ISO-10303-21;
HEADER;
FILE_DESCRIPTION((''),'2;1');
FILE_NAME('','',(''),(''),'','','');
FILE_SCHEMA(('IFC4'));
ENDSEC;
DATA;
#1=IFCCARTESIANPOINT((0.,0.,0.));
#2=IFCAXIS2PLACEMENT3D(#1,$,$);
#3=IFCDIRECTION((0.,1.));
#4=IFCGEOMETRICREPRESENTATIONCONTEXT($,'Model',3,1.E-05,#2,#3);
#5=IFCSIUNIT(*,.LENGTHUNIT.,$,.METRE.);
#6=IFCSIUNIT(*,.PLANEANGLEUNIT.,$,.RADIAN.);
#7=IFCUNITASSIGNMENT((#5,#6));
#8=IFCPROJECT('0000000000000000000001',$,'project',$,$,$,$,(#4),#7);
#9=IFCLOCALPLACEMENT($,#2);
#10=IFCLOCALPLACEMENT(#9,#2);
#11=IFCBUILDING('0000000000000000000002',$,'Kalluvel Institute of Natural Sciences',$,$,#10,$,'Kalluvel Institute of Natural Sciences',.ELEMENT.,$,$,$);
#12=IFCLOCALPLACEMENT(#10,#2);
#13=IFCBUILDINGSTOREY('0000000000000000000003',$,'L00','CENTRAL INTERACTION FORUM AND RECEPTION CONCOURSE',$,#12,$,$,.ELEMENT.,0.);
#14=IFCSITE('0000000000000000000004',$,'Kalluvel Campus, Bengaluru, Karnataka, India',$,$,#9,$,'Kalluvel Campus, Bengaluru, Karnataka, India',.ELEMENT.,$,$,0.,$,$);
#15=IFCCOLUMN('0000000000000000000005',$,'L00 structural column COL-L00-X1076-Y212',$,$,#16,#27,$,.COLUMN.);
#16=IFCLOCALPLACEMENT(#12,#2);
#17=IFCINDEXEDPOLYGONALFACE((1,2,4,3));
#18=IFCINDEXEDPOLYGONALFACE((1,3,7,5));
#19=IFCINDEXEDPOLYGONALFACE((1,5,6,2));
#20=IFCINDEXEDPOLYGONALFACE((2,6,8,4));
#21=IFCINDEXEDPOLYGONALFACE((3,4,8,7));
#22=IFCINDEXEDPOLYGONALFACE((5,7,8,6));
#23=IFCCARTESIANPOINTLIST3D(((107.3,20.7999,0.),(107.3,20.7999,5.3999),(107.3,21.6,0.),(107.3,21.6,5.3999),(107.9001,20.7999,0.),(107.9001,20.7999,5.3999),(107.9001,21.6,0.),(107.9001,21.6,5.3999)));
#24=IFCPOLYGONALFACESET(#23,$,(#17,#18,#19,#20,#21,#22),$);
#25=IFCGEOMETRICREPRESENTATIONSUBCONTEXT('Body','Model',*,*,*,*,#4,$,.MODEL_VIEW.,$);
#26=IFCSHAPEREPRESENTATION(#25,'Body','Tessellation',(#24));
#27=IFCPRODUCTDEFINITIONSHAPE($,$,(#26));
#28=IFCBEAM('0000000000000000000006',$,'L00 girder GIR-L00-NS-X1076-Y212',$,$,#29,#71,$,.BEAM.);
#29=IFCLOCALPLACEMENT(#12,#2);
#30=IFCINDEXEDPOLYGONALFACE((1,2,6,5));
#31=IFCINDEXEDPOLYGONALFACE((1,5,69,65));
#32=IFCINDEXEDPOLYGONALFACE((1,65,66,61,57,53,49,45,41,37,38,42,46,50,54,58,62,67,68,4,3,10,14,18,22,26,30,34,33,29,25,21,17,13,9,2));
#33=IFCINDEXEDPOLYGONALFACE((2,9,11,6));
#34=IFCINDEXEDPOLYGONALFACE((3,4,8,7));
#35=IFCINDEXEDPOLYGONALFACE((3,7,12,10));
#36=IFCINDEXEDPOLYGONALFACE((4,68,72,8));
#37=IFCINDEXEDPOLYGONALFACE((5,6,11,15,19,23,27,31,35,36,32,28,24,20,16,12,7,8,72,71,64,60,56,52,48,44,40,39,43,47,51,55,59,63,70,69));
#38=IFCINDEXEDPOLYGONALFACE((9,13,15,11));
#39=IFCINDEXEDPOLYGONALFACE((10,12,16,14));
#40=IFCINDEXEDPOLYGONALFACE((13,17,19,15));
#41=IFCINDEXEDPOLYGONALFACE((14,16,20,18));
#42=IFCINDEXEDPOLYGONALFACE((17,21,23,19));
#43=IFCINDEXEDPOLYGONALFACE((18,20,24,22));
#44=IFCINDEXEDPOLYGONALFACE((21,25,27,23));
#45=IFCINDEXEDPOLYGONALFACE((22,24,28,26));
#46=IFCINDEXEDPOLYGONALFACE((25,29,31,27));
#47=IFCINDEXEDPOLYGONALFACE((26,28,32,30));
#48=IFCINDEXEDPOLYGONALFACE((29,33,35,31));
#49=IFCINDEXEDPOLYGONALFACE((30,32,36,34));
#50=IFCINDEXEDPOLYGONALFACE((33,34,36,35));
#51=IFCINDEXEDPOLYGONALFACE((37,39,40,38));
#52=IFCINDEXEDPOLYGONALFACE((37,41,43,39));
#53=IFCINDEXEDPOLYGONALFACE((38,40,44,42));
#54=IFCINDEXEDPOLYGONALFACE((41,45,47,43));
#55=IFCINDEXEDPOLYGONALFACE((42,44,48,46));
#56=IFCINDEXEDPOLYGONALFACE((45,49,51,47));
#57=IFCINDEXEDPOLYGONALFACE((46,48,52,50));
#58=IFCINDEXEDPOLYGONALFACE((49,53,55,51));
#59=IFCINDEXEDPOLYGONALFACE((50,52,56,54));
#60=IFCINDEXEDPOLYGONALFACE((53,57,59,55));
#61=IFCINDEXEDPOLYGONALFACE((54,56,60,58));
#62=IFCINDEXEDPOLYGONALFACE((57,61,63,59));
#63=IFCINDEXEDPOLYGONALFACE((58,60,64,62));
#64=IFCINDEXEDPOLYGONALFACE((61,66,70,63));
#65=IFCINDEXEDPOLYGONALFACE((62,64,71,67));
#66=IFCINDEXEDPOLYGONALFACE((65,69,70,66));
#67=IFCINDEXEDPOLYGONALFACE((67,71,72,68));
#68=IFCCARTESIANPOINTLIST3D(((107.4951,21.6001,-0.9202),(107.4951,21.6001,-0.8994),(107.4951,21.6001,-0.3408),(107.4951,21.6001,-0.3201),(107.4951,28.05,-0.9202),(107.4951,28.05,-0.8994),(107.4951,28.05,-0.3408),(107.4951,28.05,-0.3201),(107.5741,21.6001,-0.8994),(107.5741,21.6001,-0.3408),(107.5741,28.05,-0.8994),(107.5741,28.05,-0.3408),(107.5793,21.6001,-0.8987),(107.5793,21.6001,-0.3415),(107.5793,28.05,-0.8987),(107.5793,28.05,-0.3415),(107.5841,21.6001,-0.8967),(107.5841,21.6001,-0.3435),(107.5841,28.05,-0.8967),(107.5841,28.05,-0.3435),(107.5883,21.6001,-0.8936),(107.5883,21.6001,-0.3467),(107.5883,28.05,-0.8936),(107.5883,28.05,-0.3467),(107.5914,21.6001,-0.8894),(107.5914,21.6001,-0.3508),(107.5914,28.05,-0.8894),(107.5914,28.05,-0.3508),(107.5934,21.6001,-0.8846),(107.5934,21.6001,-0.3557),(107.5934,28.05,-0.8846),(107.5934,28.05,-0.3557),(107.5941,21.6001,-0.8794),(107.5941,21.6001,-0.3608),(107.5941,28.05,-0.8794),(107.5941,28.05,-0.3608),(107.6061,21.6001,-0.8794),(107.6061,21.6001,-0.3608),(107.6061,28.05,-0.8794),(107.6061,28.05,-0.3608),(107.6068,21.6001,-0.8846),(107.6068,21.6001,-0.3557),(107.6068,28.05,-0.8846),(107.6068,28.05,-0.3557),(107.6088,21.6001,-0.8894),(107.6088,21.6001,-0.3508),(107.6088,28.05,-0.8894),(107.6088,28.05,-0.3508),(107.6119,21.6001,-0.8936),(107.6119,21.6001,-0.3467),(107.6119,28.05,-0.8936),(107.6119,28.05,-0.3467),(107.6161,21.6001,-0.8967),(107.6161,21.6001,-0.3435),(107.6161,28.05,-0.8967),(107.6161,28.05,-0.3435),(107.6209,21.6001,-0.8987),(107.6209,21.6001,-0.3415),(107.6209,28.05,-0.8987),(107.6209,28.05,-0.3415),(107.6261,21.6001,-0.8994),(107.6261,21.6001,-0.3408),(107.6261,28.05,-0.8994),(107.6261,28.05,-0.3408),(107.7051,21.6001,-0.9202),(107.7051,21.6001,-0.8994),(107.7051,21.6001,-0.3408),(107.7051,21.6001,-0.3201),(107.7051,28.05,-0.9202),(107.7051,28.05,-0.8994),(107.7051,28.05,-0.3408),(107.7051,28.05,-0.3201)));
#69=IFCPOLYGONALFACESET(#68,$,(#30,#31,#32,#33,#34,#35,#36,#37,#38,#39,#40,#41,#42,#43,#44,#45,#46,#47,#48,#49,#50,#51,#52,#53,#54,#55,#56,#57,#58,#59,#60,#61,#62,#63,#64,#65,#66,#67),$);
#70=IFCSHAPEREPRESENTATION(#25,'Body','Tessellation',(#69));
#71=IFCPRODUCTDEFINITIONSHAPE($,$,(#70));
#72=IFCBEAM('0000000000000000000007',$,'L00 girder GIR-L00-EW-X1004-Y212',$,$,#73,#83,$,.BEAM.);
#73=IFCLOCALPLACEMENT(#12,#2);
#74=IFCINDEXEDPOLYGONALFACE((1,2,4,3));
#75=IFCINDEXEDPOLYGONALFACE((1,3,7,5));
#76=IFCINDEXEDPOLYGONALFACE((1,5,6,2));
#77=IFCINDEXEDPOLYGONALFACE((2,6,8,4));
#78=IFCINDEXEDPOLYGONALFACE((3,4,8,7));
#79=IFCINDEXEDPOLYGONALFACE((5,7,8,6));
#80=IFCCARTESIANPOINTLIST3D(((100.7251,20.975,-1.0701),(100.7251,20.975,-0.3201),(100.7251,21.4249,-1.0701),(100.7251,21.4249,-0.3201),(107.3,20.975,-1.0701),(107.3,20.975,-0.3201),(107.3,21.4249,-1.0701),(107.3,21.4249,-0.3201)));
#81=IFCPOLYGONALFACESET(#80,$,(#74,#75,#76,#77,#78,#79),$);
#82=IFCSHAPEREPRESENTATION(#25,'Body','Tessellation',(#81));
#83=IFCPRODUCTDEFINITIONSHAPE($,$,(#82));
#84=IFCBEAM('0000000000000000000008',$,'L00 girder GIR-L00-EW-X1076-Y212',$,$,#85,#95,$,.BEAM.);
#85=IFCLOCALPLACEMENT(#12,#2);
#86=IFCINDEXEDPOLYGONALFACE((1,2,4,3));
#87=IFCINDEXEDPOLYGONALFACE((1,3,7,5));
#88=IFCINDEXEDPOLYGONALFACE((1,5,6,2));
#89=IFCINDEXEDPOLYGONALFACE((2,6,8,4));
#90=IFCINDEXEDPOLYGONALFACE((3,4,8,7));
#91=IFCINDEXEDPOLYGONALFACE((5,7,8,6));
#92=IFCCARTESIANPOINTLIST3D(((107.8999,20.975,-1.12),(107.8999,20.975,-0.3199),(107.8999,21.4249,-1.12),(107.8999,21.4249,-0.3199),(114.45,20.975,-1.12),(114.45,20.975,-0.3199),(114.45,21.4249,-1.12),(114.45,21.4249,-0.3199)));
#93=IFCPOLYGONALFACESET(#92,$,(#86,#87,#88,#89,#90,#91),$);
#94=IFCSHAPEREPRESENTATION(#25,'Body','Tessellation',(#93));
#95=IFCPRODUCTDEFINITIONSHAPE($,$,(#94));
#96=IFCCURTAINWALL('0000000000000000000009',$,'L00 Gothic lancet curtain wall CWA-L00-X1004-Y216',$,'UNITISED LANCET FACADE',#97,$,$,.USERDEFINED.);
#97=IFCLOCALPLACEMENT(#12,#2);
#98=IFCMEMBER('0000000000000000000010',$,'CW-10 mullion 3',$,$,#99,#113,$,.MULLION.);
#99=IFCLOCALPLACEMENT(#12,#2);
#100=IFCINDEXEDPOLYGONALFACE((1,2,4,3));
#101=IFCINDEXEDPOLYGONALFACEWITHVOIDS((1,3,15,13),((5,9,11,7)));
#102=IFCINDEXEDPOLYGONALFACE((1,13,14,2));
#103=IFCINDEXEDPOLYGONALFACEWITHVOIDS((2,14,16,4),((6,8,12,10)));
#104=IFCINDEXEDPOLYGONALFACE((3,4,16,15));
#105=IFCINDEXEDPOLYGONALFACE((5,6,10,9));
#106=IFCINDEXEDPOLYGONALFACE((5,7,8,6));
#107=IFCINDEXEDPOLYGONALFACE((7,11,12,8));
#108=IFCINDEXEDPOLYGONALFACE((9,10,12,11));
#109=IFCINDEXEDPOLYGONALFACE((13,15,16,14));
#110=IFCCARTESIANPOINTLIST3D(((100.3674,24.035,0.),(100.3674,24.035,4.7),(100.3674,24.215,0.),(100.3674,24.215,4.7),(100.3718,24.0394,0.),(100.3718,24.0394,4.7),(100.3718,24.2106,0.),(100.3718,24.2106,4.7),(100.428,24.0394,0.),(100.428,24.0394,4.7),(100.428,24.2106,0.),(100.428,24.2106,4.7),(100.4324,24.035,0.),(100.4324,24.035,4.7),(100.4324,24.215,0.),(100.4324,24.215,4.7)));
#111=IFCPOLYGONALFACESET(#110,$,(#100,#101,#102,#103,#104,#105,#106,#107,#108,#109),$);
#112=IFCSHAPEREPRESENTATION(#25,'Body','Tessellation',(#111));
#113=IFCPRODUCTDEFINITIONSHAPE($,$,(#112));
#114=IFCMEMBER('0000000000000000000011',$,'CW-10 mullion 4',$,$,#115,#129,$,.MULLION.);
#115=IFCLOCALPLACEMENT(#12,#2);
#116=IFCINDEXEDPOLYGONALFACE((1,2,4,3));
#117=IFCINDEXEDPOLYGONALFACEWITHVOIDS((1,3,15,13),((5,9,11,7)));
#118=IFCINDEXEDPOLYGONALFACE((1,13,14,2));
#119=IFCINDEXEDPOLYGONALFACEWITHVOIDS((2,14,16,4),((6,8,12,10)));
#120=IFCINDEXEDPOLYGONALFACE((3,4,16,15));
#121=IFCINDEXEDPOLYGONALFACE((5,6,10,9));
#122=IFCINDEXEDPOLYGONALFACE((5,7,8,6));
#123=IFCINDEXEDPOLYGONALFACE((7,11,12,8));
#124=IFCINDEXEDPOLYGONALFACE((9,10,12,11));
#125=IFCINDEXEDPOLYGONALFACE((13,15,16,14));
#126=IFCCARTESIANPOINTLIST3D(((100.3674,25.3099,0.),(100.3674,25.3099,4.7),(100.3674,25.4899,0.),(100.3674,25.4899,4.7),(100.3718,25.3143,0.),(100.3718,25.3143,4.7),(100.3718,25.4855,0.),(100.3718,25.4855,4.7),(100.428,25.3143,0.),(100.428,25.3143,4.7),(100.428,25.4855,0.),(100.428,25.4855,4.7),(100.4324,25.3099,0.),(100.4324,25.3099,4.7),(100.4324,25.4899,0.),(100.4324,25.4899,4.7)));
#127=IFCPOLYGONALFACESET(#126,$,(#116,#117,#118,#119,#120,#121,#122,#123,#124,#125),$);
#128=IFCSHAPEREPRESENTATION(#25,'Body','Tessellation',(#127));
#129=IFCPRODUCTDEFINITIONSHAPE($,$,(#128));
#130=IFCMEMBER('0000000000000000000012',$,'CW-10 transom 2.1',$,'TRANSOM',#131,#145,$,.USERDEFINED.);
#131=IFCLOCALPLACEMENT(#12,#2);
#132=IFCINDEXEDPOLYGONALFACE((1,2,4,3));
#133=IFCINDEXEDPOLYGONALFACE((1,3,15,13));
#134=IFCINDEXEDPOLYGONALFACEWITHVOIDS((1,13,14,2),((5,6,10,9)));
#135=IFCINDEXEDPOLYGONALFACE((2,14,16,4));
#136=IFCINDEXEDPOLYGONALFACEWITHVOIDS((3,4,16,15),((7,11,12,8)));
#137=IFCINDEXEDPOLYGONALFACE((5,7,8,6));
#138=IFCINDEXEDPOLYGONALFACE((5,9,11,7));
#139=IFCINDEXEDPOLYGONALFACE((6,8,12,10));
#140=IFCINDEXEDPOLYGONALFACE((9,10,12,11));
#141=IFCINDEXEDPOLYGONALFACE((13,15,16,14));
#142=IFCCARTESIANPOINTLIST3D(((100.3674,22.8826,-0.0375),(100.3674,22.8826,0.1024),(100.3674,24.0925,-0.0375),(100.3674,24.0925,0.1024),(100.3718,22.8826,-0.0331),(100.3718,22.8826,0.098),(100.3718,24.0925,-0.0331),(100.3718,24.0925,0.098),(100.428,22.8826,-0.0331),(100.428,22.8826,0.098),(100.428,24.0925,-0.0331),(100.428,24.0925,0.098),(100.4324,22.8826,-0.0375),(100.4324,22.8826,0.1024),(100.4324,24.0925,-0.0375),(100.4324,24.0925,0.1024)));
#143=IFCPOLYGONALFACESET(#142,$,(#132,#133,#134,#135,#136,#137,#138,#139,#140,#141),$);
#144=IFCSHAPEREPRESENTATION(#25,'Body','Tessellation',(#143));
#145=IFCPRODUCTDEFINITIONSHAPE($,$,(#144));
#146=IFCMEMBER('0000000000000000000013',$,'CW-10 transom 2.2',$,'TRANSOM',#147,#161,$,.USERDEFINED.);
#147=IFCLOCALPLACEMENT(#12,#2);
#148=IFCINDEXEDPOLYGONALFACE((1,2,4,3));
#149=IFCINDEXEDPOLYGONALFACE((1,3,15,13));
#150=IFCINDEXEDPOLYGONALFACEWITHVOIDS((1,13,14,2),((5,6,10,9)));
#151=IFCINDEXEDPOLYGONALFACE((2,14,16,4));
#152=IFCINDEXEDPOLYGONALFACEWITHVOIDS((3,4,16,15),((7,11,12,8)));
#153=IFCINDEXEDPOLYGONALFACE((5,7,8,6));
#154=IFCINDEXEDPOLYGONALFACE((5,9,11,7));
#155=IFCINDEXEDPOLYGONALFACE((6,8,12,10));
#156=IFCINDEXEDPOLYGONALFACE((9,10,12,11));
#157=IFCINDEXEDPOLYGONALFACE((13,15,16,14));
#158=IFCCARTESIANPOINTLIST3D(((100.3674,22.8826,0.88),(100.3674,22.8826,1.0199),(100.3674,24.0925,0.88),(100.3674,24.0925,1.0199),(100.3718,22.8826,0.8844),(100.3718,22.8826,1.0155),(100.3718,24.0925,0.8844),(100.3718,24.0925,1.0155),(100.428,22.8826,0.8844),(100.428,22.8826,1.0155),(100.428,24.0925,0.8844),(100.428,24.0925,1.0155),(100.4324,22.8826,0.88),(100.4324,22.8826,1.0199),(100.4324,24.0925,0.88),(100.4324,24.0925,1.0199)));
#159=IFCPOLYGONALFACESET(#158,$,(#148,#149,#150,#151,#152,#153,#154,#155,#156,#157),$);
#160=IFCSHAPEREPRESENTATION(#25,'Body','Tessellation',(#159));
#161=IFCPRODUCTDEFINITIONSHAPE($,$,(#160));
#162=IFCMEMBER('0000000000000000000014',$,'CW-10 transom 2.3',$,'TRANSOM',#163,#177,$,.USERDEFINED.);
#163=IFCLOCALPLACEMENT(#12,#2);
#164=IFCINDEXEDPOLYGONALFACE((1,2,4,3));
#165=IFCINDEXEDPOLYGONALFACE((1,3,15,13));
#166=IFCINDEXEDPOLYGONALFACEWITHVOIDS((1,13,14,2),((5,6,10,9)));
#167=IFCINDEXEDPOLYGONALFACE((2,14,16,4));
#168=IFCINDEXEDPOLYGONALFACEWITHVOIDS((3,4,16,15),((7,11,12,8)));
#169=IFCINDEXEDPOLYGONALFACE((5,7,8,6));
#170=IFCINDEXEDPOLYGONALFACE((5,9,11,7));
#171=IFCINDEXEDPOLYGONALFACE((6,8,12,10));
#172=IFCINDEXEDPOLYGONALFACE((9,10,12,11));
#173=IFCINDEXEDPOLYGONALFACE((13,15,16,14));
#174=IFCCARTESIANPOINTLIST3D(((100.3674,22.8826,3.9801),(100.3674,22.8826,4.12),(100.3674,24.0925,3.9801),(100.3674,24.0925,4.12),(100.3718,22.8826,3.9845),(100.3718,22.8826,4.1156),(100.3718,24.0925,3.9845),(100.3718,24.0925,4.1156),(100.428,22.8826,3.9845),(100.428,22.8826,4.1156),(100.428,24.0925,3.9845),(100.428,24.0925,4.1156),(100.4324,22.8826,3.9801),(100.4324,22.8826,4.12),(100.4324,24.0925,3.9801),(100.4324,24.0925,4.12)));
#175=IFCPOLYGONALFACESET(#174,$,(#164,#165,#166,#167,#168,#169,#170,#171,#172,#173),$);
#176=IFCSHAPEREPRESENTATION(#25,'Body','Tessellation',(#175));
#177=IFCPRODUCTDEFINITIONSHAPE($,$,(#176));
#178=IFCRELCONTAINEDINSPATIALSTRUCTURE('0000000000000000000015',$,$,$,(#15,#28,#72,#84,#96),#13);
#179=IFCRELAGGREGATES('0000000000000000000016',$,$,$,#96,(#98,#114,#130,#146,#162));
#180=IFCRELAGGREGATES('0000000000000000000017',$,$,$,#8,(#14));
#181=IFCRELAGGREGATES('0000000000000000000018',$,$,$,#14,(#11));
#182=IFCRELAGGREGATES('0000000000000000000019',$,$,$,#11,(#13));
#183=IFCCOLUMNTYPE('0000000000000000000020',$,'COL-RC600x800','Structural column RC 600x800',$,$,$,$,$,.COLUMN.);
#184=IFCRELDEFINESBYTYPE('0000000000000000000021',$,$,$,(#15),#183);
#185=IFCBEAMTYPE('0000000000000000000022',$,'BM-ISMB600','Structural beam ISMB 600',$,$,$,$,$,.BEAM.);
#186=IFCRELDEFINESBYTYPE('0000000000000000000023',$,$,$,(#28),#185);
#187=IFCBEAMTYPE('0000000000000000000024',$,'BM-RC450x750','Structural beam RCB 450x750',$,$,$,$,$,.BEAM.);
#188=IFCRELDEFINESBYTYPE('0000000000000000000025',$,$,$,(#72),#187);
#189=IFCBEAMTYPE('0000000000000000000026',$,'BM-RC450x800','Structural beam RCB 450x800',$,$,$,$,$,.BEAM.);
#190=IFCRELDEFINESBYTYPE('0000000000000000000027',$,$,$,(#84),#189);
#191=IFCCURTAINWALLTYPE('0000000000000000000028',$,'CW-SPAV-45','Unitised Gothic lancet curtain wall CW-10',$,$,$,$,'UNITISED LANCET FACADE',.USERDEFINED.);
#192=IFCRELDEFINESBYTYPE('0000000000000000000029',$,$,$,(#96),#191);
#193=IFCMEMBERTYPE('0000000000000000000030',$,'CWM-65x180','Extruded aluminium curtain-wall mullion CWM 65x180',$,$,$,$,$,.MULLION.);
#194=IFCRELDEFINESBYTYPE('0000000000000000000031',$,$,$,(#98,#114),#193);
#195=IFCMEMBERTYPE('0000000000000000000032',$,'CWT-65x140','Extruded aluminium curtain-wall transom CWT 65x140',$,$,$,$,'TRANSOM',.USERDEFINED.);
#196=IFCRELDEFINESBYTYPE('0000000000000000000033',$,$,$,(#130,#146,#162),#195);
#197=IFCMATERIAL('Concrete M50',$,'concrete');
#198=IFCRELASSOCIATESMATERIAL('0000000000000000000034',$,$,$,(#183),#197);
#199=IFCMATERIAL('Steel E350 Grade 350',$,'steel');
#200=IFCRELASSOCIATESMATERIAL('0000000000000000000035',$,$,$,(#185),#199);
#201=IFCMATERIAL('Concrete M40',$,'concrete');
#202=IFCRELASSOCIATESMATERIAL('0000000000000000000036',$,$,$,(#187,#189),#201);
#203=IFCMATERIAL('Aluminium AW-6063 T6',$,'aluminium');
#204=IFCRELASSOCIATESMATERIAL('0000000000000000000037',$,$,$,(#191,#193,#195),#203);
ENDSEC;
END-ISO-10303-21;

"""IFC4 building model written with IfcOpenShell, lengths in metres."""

from ifc_helpers import new_model, si_unit, direction, frame, origin, origin_2d, place, context, subcontext, project, spatial, rectangle, hollow_rectangle, i_section, extrude, material, material_profile, profile_set, type_object, element, aggregate, save


model = new_model("IFC4")

# Units and contexts
model_context = context("Model", 3, precision=1e-05, world=origin(), true_north=direction((0.0, 1.0)))
body_context = subcontext(model_context, "Body", "Model", "MODEL_VIEW")
ifc_project = project(units=[si_unit("LENGTHUNIT", "METRE"), si_unit("PLANEANGLEUNIT", "RADIAN")], contexts=[model_context])

# Site, building, storey
site_placement = place(None, origin())
site = spatial("IfcSite", under=ifc_project, at=site_placement, Name="Kalluvel Campus, Bengaluru, Karnataka, India", LongName="Kalluvel Campus, Bengaluru, Karnataka, India", CompositionType="ELEMENT", RefElevation=0.0)
building_placement = place(site_placement, origin())
building = spatial("IfcBuilding", under=site, at=building_placement, Name="Kalluvel Institute of Natural Sciences", LongName="Kalluvel Institute of Natural Sciences", CompositionType="ELEMENT")
storey_placement = place(building_placement, origin())
storey = spatial("IfcBuildingStorey", under=building, at=storey_placement, Name="L00", Description="CENTRAL INTERACTION FORUM AND RECEPTION CONCOURSE", CompositionType="ELEMENT", Elevation=0.0)

# Column
ifc_material_1 = material(Name="Concrete M50", Category="concrete")
ifc_material_profile_1 = material_profile(ifc_material_1, rectangle(XDim=0.6001, YDim=0.8, at=origin_2d()), Name="RC 600x800")
ifc_profile_set_1 = profile_set([ifc_material_profile_1], Name="Concrete M50")
column_type = type_object("IfcColumnType", Name="COL-RC600x800", Description="Structural column RC 600x800", PredefinedType="COLUMN", material=ifc_profile_set_1)
column_placement = place(storey_placement, frame((107.6001, 21.2, 0.0), z_axis=(0.0, 0.0, 1.0), x_axis=(1.0, 0.0, 0.0)))
element("IfcColumn", 1, at=column_placement, inside=storey, type_object=column_type, Name="L00 structural column COL-L00-X1076-Y212", PredefinedType="COLUMN", context=body_context, shape_type="SweptSolid", body=[
    extrude(rectangle(XDim=0.6001, YDim=0.8, at=origin_2d()), origin(), (0.0, 0.0, 1.0), 5.3999),
])

# Beams
ifc_material_2 = material(Name="Steel E350 Grade 350", Category="steel")
ifc_material_profile_2 = material_profile(ifc_material_2, i_section(OverallWidth=0.21, OverallDepth=0.6001, WebThickness=0.012, FlangeThickness=0.0208, FilletRadius=0.02, at=origin_2d()), Name="ISMB 600")
ifc_profile_set_2 = profile_set([ifc_material_profile_2], Name="Steel E350 Grade 350")
beam_type_1 = type_object("IfcBeamType", Name="BM-ISMB600", Description="Structural beam ISMB 600", PredefinedType="BEAM", material=ifc_profile_set_2)
beam_1_placement = place(storey_placement, frame((107.6001, 21.6001, -0.6201), z_axis=(0.0, 1.0, 0.0), x_axis=(-1.0, 0.0, 0.0)))
element("IfcBeam", 2, at=beam_1_placement, inside=storey, type_object=beam_type_1, Name="L00 girder GIR-L00-NS-X1076-Y212", PredefinedType="BEAM", context=body_context, shape_type="SweptSolid", body=[
    extrude(i_section(OverallWidth=0.21, OverallDepth=0.6001, WebThickness=0.012, FlangeThickness=0.0208, FilletRadius=0.02, at=origin_2d()), origin(), (0.0, 0.0, 1.0), 6.45),
])
ifc_material_3 = material(Name="Concrete M40", Category="concrete")
ifc_material_profile_3 = material_profile(ifc_material_3, rectangle(XDim=0.45, YDim=0.75, at=origin_2d()), Name="RCB 450x750")
ifc_profile_set_3 = profile_set([ifc_material_profile_3], Name="Concrete M40")
beam_type_2 = type_object("IfcBeamType", Name="BM-RC450x750", Description="Structural beam RCB 450x750", PredefinedType="BEAM", material=ifc_profile_set_3)
beam_2_placement = place(storey_placement, frame((100.7251, 21.2, -0.6951), z_axis=(1.0, 0.0, 0.0), x_axis=(0.0, 1.0, 0.0)))
element("IfcBeam", 3, at=beam_2_placement, inside=storey, type_object=beam_type_2, Name="L00 girder GIR-L00-EW-X1004-Y212", PredefinedType="BEAM", context=body_context, shape_type="SweptSolid", body=[
    extrude(rectangle(XDim=0.45, YDim=0.75, at=origin_2d()), origin(), (0.0, 0.0, 1.0), 6.575),
])
ifc_material_profile_4 = material_profile(ifc_material_3, rectangle(XDim=0.45, YDim=0.8, at=origin_2d()), Name="RCB 450x800")
ifc_profile_set_4 = profile_set([ifc_material_profile_4], Name="Concrete M40")
beam_type_3 = type_object("IfcBeamType", Name="BM-RC450x800", Description="Structural beam RCB 450x800", PredefinedType="BEAM", material=ifc_profile_set_4)
beam_3_placement = place(storey_placement, frame((107.8999, 21.2, -0.72), z_axis=(1.0, 0.0, 0.0), x_axis=(0.0, 1.0, 0.0)))
element("IfcBeam", 4, at=beam_3_placement, inside=storey, type_object=beam_type_3, Name="L00 girder GIR-L00-EW-X1076-Y212", PredefinedType="BEAM", context=body_context, shape_type="SweptSolid", body=[
    extrude(rectangle(XDim=0.45, YDim=0.8, at=origin_2d()), origin(), (0.0, 0.0, 1.0), 6.55),
])

# Curtain wall, members
ifc_material_4 = material(Name="Aluminium AW-6063 T6", Category="aluminium")
curtain_wall_type = type_object("IfcCurtainWallType", Name="CW-SPAV-45", Description="Unitised Gothic lancet curtain wall CW-10", ElementType="UNITISED LANCET FACADE", PredefinedType="USERDEFINED", material=ifc_material_4)
curtain_wall_placement = place(storey_placement, origin())
curtain_wall = element("IfcCurtainWall", 5, at=curtain_wall_placement, inside=storey, type_object=curtain_wall_type, Name="L00 Gothic lancet curtain wall CWA-L00-X1004-Y216", ObjectType="UNITISED LANCET FACADE", PredefinedType="USERDEFINED")
ifc_material_profile_5 = material_profile(ifc_material_4, hollow_rectangle(XDim=0.0649, YDim=0.1799, WallThickness=0.0044, at=origin_2d()), Name="CWM 65x180")
ifc_profile_set_5 = profile_set([ifc_material_profile_5], Name="Aluminium AW-6063 T6")
member_type_1 = type_object("IfcMemberType", Name="CWM-65x180", Description="Extruded aluminium curtain-wall mullion CWM 65x180", PredefinedType="MULLION", material=ifc_profile_set_5)
member_1_placement = place(storey_placement, frame((100.3999, 24.125, 0.0), z_axis=(0.0, 0.0, 1.0), x_axis=(-1.0, 0.0, 0.0)))
member_1 = element("IfcMember", 6, at=member_1_placement, type_object=member_type_1, Name="CW-10 mullion 3", PredefinedType="MULLION", context=body_context, shape_type="SweptSolid", body=[
    extrude(hollow_rectangle(XDim=0.0649, YDim=0.1799, WallThickness=0.0044, at=origin_2d()), origin(), (0.0, 0.0, 1.0), 4.7),
])
member_2_placement = place(storey_placement, frame((100.3999, 25.3999, 0.0), z_axis=(0.0, 0.0, 1.0), x_axis=(-1.0, 0.0, 0.0)))
member_2 = element("IfcMember", 7, at=member_2_placement, type_object=member_type_1, Name="CW-10 mullion 4", PredefinedType="MULLION", context=body_context, shape_type="SweptSolid", body=[
    extrude(hollow_rectangle(XDim=0.0649, YDim=0.1799, WallThickness=0.0044, at=origin_2d()), origin(), (0.0, 0.0, 1.0), 4.7),
])
ifc_material_profile_6 = material_profile(ifc_material_4, hollow_rectangle(XDim=0.0649, YDim=0.1399, WallThickness=0.0044, at=origin_2d()), Name="CWT 65x140")
ifc_profile_set_6 = profile_set([ifc_material_profile_6], Name="Aluminium AW-6063 T6")
member_type_2 = type_object("IfcMemberType", Name="CWT-65x140", Description="Extruded aluminium curtain-wall transom CWT 65x140", ElementType="TRANSOM", PredefinedType="USERDEFINED", material=ifc_profile_set_6)
member_3_placement = place(storey_placement, frame((100.3999, 22.8826, 0.0325), z_axis=(0.0, 1.0, 0.0), x_axis=(-1.0, 0.0, 0.0)))
member_3 = element("IfcMember", 8, at=member_3_placement, type_object=member_type_2, Name="CW-10 transom 2.1", ObjectType="TRANSOM", PredefinedType="USERDEFINED", context=body_context, shape_type="SweptSolid", body=[
    extrude(hollow_rectangle(XDim=0.0649, YDim=0.1399, WallThickness=0.0044, at=origin_2d()), origin(), (0.0, 0.0, 1.0), 1.21),
])
member_4_placement = place(storey_placement, frame((100.3999, 22.8826, 0.95), z_axis=(0.0, 1.0, 0.0), x_axis=(-1.0, 0.0, 0.0)))
member_4 = element("IfcMember", 9, at=member_4_placement, type_object=member_type_2, Name="CW-10 transom 2.2", ObjectType="TRANSOM", PredefinedType="USERDEFINED", context=body_context, shape_type="SweptSolid", body=[
    extrude(hollow_rectangle(XDim=0.0649, YDim=0.1399, WallThickness=0.0044, at=origin_2d()), origin(), (0.0, 0.0, 1.0), 1.21),
])
member_5_placement = place(storey_placement, frame((100.3999, 22.8826, 4.05), z_axis=(0.0, 1.0, 0.0), x_axis=(-1.0, 0.0, 0.0)))
member_5 = element("IfcMember", 10, at=member_5_placement, type_object=member_type_2, Name="CW-10 transom 2.3", ObjectType="TRANSOM", PredefinedType="USERDEFINED", context=body_context, shape_type="SweptSolid", body=[
    extrude(hollow_rectangle(XDim=0.0649, YDim=0.1399, WallThickness=0.0044, at=origin_2d()), origin(), (0.0, 0.0, 1.0), 1.21),
])
aggregate(curtain_wall, [member_1, member_2, member_3, member_4, member_5])

save(model, "model.ifc")
